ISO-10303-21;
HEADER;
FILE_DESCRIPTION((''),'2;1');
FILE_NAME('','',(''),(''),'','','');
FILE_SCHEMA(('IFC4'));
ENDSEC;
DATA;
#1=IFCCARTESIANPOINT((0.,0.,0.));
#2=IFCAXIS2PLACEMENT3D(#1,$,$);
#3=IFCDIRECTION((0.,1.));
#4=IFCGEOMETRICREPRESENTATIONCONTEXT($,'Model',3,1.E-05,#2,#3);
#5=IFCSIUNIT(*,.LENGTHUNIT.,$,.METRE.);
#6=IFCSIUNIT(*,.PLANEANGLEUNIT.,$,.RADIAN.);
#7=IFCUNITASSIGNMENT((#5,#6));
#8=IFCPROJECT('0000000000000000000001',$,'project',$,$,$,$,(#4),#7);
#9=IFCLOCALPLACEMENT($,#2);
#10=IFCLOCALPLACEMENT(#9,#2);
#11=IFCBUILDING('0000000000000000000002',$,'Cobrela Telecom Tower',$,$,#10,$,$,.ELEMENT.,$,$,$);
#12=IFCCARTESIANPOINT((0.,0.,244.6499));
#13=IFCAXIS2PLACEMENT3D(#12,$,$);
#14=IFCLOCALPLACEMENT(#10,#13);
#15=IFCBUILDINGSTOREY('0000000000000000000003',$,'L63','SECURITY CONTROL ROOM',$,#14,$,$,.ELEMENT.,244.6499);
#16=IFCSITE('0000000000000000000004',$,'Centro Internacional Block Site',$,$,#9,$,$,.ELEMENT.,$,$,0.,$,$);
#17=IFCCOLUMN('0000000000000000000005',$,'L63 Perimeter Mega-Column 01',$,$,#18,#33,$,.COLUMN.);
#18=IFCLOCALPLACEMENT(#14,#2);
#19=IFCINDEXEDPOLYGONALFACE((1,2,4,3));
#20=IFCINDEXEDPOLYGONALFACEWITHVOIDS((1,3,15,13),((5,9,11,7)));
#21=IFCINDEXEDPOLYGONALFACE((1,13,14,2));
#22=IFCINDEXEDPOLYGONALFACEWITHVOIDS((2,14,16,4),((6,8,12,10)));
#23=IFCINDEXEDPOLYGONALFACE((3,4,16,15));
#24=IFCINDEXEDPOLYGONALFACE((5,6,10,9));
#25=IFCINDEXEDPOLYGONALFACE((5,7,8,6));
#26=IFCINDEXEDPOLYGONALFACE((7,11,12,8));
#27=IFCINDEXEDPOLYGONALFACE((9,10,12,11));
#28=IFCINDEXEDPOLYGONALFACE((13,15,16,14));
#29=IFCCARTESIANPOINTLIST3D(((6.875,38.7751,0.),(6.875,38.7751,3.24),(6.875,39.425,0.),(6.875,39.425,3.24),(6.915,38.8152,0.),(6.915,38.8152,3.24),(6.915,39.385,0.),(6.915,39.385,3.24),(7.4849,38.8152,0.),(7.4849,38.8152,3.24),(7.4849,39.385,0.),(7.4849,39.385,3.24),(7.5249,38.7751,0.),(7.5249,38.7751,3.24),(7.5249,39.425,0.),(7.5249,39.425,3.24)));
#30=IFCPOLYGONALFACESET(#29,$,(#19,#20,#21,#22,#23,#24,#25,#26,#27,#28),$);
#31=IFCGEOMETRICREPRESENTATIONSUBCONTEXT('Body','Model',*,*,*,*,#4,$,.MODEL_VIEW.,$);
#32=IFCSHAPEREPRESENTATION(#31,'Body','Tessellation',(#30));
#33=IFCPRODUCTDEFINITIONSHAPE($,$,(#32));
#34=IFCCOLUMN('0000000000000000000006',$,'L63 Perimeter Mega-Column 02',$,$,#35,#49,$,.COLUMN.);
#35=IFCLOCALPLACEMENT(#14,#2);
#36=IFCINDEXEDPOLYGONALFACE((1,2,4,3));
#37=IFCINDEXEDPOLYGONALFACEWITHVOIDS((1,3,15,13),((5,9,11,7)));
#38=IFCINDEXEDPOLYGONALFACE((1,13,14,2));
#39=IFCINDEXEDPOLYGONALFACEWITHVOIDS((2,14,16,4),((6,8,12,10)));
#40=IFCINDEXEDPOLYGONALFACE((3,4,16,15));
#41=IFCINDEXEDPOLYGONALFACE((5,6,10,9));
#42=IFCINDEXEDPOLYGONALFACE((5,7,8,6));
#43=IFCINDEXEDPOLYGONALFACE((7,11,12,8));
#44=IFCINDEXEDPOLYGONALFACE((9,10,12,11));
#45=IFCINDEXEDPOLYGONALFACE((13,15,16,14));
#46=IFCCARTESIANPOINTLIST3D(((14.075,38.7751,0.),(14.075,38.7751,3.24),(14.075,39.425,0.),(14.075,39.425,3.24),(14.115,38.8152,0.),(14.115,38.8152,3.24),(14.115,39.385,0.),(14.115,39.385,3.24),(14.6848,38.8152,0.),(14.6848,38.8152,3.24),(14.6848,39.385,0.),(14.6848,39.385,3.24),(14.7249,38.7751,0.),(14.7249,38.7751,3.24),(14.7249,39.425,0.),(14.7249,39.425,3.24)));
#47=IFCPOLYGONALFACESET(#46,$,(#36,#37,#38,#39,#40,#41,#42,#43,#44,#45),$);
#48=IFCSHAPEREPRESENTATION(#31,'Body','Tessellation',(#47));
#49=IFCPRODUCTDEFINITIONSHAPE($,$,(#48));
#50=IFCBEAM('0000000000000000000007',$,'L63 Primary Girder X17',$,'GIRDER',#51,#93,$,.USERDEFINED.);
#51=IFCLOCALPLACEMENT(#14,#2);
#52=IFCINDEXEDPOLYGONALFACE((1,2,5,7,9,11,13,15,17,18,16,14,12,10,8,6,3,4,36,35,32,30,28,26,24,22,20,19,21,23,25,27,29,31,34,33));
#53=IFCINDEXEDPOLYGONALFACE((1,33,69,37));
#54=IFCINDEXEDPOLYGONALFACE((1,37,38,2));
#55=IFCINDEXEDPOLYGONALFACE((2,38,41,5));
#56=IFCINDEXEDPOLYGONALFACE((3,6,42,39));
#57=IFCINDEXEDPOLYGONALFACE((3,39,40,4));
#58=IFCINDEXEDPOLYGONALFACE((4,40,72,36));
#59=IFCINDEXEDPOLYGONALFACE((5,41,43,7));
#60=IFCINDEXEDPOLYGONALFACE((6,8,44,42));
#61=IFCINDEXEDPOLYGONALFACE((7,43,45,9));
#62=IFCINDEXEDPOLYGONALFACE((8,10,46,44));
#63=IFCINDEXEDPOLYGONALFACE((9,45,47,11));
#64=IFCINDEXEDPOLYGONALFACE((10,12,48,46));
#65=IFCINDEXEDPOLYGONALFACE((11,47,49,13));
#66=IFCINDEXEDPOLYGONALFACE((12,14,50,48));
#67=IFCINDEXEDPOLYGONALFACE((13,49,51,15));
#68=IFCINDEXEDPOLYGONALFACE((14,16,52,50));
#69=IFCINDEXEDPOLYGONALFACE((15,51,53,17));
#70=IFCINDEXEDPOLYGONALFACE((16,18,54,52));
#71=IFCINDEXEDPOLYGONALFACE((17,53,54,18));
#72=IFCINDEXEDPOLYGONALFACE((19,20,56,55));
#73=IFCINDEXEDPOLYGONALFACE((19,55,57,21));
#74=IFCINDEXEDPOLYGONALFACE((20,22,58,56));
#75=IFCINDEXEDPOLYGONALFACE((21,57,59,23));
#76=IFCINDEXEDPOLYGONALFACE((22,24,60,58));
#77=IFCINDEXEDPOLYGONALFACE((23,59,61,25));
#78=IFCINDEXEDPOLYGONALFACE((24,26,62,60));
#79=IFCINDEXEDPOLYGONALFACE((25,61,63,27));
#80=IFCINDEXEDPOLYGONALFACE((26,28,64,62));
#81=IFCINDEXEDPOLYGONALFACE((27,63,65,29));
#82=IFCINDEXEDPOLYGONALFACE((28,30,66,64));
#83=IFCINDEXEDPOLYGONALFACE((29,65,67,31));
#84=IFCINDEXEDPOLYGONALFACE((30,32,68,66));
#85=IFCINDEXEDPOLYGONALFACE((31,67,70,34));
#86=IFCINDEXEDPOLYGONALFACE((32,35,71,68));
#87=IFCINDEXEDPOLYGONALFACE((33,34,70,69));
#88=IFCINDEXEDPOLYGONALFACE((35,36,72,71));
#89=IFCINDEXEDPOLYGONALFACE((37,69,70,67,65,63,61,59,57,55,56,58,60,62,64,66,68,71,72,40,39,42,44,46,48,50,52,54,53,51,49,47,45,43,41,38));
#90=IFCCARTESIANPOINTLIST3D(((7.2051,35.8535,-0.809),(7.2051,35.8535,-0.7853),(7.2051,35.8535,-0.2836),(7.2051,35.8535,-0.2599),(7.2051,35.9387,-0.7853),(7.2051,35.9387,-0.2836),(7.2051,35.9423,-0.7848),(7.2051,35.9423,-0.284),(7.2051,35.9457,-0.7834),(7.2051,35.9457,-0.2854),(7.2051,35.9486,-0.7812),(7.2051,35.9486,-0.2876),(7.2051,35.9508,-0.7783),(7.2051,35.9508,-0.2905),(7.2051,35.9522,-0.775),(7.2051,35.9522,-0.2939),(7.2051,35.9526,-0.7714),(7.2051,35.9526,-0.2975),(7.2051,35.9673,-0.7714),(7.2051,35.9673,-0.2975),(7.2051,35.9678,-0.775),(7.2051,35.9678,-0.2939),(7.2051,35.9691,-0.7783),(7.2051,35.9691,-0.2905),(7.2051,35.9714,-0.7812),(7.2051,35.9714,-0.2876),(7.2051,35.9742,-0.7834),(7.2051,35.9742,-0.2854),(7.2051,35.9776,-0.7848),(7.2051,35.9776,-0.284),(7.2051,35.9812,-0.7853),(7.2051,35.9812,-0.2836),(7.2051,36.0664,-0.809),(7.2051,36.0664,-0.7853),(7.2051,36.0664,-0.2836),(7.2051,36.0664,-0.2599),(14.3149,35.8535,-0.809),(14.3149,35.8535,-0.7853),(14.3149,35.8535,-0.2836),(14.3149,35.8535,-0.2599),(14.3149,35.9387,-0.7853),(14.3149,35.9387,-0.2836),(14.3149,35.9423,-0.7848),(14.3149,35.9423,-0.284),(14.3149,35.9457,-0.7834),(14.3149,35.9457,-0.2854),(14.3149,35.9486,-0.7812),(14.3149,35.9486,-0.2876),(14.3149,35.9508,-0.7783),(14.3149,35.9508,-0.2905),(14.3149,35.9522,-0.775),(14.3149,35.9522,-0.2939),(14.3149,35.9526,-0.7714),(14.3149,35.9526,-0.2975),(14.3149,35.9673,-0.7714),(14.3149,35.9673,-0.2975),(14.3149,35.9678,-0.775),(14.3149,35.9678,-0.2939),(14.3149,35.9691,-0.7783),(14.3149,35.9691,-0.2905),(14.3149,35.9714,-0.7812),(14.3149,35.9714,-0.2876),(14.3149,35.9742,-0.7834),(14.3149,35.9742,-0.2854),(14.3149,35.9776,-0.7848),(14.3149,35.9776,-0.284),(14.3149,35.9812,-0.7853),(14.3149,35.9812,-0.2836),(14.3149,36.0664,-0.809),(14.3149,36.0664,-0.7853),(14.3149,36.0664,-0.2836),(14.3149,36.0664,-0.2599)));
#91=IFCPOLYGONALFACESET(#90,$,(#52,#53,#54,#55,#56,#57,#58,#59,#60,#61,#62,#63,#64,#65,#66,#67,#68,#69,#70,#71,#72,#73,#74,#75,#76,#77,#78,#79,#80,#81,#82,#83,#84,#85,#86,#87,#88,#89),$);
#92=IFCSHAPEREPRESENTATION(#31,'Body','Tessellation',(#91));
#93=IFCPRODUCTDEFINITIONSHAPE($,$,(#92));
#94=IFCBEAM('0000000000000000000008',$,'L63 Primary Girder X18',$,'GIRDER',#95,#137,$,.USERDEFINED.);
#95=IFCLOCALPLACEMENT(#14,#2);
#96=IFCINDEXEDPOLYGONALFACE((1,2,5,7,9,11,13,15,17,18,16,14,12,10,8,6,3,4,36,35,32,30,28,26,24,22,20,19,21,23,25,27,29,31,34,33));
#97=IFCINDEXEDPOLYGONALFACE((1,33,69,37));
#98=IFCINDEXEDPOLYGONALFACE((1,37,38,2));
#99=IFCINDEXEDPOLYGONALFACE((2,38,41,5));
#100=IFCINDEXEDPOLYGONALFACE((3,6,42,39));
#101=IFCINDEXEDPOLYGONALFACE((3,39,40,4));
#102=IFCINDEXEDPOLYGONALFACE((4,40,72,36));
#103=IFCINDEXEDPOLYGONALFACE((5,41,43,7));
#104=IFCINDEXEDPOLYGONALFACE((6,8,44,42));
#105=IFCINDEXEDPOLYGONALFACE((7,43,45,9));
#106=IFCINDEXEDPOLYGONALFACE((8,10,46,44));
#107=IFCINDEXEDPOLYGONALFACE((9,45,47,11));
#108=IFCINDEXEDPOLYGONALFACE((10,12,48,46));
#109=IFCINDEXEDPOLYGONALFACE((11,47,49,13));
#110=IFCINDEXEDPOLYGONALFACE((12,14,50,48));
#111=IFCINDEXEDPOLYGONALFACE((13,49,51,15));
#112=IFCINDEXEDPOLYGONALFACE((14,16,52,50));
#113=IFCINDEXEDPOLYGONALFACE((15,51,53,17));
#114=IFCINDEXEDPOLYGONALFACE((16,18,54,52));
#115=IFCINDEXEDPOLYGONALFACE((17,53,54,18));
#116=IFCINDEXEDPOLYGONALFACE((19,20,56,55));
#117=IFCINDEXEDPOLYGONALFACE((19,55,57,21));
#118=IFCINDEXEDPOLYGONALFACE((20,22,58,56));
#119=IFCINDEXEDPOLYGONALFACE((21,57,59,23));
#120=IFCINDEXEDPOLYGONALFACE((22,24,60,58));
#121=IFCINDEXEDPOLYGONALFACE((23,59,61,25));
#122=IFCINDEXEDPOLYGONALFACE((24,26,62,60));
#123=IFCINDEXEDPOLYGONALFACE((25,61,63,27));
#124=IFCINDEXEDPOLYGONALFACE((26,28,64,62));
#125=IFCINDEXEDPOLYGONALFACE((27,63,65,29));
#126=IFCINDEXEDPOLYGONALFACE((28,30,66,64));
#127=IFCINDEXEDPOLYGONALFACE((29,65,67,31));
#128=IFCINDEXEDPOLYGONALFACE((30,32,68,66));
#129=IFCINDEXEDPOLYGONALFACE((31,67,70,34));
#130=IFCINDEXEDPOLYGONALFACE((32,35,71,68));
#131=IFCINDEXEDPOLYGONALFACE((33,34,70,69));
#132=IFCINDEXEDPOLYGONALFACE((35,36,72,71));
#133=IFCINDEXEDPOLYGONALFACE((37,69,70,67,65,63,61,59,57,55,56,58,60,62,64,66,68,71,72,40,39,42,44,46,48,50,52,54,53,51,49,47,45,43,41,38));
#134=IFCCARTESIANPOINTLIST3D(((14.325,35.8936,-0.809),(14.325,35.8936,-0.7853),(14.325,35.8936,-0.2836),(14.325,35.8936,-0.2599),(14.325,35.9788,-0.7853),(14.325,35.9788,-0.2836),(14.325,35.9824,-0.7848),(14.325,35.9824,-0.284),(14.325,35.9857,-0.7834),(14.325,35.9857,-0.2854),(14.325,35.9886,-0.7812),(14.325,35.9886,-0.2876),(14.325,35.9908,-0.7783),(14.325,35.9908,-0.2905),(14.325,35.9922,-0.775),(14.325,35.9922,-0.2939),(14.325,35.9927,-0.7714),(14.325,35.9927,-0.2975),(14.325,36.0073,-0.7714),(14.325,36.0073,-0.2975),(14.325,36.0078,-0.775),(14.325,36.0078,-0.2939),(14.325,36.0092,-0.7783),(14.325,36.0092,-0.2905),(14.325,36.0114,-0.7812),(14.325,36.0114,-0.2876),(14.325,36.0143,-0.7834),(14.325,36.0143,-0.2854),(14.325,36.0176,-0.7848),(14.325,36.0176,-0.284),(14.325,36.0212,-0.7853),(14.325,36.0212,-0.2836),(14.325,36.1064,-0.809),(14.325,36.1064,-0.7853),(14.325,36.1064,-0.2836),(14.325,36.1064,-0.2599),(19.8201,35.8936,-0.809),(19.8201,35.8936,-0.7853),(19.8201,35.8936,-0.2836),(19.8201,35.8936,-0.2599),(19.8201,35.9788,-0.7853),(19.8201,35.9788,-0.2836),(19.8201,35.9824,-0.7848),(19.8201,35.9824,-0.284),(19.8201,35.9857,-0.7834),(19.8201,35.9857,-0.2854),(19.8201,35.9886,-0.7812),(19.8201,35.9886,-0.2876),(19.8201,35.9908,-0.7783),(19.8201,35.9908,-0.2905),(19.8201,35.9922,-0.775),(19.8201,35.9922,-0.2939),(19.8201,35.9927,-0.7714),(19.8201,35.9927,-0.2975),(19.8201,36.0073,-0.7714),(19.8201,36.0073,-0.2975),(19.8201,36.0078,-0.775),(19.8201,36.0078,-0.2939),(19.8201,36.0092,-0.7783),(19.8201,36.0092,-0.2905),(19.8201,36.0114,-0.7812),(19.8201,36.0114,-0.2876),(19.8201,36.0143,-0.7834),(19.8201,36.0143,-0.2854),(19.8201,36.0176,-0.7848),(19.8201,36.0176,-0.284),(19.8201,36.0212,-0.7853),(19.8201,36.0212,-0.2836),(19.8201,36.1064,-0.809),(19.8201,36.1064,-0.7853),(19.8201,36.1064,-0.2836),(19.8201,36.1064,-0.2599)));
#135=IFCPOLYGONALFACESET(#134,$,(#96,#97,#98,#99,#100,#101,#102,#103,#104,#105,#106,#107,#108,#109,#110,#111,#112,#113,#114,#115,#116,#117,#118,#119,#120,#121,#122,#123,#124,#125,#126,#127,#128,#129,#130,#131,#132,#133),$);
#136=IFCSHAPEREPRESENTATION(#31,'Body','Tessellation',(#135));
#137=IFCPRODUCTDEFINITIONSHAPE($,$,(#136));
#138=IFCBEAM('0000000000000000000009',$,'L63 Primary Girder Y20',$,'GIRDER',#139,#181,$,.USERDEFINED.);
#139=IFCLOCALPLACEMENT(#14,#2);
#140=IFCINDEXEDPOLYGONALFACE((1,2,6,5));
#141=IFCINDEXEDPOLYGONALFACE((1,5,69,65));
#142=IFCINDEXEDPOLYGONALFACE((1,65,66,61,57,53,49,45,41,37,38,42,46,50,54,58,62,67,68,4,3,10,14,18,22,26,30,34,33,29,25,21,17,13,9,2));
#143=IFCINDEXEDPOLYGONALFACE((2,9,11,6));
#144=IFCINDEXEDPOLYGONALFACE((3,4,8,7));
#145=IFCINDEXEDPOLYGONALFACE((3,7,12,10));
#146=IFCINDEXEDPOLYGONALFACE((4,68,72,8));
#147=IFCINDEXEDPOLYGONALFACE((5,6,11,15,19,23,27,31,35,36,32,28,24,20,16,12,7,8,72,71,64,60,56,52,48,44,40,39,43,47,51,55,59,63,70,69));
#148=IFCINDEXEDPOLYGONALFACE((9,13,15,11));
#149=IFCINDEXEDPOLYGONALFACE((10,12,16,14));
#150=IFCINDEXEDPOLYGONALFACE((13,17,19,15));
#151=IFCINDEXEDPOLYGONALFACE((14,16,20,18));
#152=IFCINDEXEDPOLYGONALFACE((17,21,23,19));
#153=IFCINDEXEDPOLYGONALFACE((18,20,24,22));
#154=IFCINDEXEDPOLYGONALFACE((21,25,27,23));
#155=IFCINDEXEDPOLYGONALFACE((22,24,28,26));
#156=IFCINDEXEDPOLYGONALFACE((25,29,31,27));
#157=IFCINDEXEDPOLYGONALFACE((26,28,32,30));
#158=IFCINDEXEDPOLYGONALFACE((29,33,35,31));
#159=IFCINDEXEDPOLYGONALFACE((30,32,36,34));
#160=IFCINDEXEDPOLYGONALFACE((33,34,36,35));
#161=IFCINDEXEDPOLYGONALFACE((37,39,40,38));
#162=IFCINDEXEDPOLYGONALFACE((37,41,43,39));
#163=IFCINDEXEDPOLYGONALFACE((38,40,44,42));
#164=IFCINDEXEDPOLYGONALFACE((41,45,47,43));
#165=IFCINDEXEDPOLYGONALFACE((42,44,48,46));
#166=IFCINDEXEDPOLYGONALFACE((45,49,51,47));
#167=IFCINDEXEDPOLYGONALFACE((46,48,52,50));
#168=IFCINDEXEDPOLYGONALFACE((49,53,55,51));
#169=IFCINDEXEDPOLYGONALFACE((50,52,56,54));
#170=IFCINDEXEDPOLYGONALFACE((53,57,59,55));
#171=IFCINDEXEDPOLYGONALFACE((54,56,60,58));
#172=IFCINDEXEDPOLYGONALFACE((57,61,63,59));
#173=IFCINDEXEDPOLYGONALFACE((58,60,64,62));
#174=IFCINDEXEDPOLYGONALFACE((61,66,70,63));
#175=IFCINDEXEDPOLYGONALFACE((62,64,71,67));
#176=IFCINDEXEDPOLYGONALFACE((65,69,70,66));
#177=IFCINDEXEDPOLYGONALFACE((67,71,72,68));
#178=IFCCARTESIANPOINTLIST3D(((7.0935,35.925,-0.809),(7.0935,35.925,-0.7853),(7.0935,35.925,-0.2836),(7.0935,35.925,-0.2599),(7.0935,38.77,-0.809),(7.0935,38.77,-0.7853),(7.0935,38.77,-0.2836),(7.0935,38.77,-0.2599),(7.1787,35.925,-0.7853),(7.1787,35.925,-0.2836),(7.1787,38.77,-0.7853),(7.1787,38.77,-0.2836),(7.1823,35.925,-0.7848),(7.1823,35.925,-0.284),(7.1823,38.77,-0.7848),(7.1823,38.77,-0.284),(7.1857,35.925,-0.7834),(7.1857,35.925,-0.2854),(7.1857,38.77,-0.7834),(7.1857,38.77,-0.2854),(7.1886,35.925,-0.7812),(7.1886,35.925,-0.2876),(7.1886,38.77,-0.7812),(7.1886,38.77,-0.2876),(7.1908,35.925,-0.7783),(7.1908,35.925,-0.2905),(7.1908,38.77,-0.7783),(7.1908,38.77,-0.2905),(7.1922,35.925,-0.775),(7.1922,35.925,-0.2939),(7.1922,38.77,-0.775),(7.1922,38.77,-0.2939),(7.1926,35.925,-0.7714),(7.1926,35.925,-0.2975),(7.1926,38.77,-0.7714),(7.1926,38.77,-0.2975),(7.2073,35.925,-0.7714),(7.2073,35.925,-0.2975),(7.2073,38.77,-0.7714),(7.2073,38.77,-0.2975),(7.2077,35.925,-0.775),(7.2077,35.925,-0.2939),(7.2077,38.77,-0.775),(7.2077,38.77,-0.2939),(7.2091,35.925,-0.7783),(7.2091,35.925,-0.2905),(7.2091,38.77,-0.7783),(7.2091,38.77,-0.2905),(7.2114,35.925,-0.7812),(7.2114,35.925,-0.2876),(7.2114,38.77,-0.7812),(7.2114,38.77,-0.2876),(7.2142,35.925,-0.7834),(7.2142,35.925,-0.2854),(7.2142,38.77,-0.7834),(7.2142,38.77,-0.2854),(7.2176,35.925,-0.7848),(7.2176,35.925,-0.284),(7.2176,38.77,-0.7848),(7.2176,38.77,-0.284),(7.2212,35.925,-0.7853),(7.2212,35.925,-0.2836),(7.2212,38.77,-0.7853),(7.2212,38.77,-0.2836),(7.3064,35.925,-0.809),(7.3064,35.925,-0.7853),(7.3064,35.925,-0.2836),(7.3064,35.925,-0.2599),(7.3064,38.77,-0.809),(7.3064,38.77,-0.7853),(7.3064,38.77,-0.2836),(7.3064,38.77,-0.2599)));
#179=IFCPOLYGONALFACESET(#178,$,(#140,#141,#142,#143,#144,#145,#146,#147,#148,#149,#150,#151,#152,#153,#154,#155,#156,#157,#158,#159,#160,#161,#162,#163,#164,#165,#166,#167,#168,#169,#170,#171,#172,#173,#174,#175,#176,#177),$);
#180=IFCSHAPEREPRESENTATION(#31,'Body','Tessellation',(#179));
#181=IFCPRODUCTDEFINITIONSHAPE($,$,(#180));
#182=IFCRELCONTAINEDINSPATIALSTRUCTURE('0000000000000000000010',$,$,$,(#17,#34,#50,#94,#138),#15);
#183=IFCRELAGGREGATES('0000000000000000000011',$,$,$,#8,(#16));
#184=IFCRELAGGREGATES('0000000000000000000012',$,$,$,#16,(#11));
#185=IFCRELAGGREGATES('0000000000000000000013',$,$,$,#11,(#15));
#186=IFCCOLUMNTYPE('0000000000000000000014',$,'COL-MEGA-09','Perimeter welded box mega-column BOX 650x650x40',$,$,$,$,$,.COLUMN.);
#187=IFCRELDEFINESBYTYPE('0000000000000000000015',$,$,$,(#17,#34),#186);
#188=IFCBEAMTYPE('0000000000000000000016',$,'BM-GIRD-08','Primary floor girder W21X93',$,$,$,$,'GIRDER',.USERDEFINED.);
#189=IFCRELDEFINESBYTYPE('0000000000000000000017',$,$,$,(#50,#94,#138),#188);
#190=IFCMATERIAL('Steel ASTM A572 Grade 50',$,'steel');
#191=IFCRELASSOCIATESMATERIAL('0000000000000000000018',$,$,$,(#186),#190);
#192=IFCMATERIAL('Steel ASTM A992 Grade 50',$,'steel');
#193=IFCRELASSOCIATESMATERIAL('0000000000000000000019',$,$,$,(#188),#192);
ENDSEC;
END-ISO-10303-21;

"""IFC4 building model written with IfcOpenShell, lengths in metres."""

from ifc_helpers import new_model, si_unit, direction, frame, origin, origin_2d, place, context, subcontext, project, spatial, hollow_rectangle, i_section, extrude, material, material_profile, profile_set, type_object, element, save


model = new_model("IFC4")

# Units and contexts
model_context = context("Model", 3, precision=1e-05, world=origin(), true_north=direction((0.0, 1.0)))
body_context = subcontext(model_context, "Body", "Model", "MODEL_VIEW")
ifc_project = project(units=[si_unit("LENGTHUNIT", "METRE"), si_unit("PLANEANGLEUNIT", "RADIAN")], contexts=[model_context])

# Site, building, storey
site_placement = place(None, origin())
site = spatial("IfcSite", under=ifc_project, at=site_placement, Name="Centro Internacional Block Site", CompositionType="ELEMENT", RefElevation=0.0)
building_placement = place(site_placement, origin())
building = spatial("IfcBuilding", under=site, at=building_placement, Name="Cobrela Telecom Tower", CompositionType="ELEMENT")
storey_placement = place(building_placement, frame((0.0, 0.0, 244.6499)))
storey = spatial("IfcBuildingStorey", under=building, at=storey_placement, Name="L63", Description="SECURITY CONTROL ROOM", CompositionType="ELEMENT", Elevation=244.6499)

# Columns
ifc_material_1 = material(Name="Steel ASTM A572 Grade 50", Category="steel")
ifc_material_profile_1 = material_profile(ifc_material_1, hollow_rectangle(XDim=0.6499, YDim=0.6499, WallThickness=0.04, at=origin_2d()), Name="BOX 650x650x40")
ifc_profile_set_1 = profile_set([ifc_material_profile_1], Name="Steel ASTM A572 Grade 50")
column_type = type_object("IfcColumnType", Name="COL-MEGA-09", Description="Perimeter welded box mega-column BOX 650x650x40", PredefinedType="COLUMN", material=ifc_profile_set_1)
for number, where, z_axis, x_axis, name in (
    (1, (7.2, 39.1001, 0.0), (0.0, 0.0, 1.0), (1.0, 0.0, 0.0), "L63 Perimeter Mega-Column 01"),
    (2, (14.3999, 39.1001, 0.0), (0.0, 0.0, 1.0), (1.0, 0.0, 0.0), "L63 Perimeter Mega-Column 02"),
):
    element("IfcColumn", number, at=place(storey_placement, frame(where, z_axis=z_axis, x_axis=x_axis)), inside=storey, type_object=column_type, Name=name, PredefinedType="COLUMN", context=body_context, shape_type="SweptSolid", body=[
        extrude(hollow_rectangle(XDim=0.6499, YDim=0.6499, WallThickness=0.04, at=origin_2d()), origin(), (0.0, 0.0, 1.0), 3.24),
    ])

# Beams
ifc_material_2 = material(Name="Steel ASTM A992 Grade 50", Category="steel")
ifc_material_profile_2 = material_profile(ifc_material_2, i_section(OverallWidth=0.2129, OverallDepth=0.5491, WebThickness=0.0146, FlangeThickness=0.0237, FilletRadius=0.0139, at=origin_2d()), Name="W21X93")
ifc_profile_set_2 = profile_set([ifc_material_profile_2], Name="Steel ASTM A992 Grade 50")
beam_type_1 = type_object("IfcBeamType", Name="BM-GIRD-08", Description="Primary floor girder W21X93", ElementType="GIRDER", PredefinedType="USERDEFINED", material=ifc_profile_set_2)
beam_1_placement = place(storey_placement, frame((7.2051, 35.96, -0.5344), z_axis=(1.0, 0.0, 0.0), x_axis=(0.0, 1.0, 0.0)))
element("IfcBeam", 3, at=beam_1_placement, inside=storey, type_object=beam_type_1, Name="L63 Primary Girder X17", ObjectType="GIRDER", PredefinedType="USERDEFINED", context=body_context, shape_type="SweptSolid", body=[
    extrude(i_section(OverallWidth=0.2129, OverallDepth=0.5491, WebThickness=0.0146, FlangeThickness=0.0237, FilletRadius=0.0139, at=origin_2d()), origin(), (0.0, 0.0, 1.0), 7.1099),
])
beam_2_placement = place(storey_placement, frame((14.325, 36.0, -0.5344), z_axis=(1.0, 0.0, 0.0), x_axis=(0.0, 1.0, 0.0)))
element("IfcBeam", 4, at=beam_2_placement, inside=storey, type_object=beam_type_1, Name="L63 Primary Girder X18", ObjectType="GIRDER", PredefinedType="USERDEFINED", context=body_context, shape_type="SweptSolid", body=[
    extrude(i_section(OverallWidth=0.2129, OverallDepth=0.5491, WebThickness=0.0146, FlangeThickness=0.0237, FilletRadius=0.0139, at=origin_2d()), origin(), (0.0, 0.0, 1.0), 5.4951),
])
for number, where, z_axis, x_axis, name in (
    (5, (7.2, 35.925, -0.5344), (0.0, 1.0, 0.0), (-1.0, 0.0, 0.0), "L63 Primary Girder Y20"),
):
    element("IfcBeam", number, at=place(storey_placement, frame(where, z_axis=z_axis, x_axis=x_axis)), inside=storey, type_object=beam_type_1, Name=name, ObjectType="GIRDER", PredefinedType="USERDEFINED", context=body_context, shape_type="SweptSolid", body=[
        extrude(i_section(OverallWidth=0.2129, OverallDepth=0.5491, WebThickness=0.0146, FlangeThickness=0.0237, FilletRadius=0.0139, at=origin_2d()), origin(), (0.0, 0.0, 1.0), 2.845),
    ])

save(model, "model.ifc")
